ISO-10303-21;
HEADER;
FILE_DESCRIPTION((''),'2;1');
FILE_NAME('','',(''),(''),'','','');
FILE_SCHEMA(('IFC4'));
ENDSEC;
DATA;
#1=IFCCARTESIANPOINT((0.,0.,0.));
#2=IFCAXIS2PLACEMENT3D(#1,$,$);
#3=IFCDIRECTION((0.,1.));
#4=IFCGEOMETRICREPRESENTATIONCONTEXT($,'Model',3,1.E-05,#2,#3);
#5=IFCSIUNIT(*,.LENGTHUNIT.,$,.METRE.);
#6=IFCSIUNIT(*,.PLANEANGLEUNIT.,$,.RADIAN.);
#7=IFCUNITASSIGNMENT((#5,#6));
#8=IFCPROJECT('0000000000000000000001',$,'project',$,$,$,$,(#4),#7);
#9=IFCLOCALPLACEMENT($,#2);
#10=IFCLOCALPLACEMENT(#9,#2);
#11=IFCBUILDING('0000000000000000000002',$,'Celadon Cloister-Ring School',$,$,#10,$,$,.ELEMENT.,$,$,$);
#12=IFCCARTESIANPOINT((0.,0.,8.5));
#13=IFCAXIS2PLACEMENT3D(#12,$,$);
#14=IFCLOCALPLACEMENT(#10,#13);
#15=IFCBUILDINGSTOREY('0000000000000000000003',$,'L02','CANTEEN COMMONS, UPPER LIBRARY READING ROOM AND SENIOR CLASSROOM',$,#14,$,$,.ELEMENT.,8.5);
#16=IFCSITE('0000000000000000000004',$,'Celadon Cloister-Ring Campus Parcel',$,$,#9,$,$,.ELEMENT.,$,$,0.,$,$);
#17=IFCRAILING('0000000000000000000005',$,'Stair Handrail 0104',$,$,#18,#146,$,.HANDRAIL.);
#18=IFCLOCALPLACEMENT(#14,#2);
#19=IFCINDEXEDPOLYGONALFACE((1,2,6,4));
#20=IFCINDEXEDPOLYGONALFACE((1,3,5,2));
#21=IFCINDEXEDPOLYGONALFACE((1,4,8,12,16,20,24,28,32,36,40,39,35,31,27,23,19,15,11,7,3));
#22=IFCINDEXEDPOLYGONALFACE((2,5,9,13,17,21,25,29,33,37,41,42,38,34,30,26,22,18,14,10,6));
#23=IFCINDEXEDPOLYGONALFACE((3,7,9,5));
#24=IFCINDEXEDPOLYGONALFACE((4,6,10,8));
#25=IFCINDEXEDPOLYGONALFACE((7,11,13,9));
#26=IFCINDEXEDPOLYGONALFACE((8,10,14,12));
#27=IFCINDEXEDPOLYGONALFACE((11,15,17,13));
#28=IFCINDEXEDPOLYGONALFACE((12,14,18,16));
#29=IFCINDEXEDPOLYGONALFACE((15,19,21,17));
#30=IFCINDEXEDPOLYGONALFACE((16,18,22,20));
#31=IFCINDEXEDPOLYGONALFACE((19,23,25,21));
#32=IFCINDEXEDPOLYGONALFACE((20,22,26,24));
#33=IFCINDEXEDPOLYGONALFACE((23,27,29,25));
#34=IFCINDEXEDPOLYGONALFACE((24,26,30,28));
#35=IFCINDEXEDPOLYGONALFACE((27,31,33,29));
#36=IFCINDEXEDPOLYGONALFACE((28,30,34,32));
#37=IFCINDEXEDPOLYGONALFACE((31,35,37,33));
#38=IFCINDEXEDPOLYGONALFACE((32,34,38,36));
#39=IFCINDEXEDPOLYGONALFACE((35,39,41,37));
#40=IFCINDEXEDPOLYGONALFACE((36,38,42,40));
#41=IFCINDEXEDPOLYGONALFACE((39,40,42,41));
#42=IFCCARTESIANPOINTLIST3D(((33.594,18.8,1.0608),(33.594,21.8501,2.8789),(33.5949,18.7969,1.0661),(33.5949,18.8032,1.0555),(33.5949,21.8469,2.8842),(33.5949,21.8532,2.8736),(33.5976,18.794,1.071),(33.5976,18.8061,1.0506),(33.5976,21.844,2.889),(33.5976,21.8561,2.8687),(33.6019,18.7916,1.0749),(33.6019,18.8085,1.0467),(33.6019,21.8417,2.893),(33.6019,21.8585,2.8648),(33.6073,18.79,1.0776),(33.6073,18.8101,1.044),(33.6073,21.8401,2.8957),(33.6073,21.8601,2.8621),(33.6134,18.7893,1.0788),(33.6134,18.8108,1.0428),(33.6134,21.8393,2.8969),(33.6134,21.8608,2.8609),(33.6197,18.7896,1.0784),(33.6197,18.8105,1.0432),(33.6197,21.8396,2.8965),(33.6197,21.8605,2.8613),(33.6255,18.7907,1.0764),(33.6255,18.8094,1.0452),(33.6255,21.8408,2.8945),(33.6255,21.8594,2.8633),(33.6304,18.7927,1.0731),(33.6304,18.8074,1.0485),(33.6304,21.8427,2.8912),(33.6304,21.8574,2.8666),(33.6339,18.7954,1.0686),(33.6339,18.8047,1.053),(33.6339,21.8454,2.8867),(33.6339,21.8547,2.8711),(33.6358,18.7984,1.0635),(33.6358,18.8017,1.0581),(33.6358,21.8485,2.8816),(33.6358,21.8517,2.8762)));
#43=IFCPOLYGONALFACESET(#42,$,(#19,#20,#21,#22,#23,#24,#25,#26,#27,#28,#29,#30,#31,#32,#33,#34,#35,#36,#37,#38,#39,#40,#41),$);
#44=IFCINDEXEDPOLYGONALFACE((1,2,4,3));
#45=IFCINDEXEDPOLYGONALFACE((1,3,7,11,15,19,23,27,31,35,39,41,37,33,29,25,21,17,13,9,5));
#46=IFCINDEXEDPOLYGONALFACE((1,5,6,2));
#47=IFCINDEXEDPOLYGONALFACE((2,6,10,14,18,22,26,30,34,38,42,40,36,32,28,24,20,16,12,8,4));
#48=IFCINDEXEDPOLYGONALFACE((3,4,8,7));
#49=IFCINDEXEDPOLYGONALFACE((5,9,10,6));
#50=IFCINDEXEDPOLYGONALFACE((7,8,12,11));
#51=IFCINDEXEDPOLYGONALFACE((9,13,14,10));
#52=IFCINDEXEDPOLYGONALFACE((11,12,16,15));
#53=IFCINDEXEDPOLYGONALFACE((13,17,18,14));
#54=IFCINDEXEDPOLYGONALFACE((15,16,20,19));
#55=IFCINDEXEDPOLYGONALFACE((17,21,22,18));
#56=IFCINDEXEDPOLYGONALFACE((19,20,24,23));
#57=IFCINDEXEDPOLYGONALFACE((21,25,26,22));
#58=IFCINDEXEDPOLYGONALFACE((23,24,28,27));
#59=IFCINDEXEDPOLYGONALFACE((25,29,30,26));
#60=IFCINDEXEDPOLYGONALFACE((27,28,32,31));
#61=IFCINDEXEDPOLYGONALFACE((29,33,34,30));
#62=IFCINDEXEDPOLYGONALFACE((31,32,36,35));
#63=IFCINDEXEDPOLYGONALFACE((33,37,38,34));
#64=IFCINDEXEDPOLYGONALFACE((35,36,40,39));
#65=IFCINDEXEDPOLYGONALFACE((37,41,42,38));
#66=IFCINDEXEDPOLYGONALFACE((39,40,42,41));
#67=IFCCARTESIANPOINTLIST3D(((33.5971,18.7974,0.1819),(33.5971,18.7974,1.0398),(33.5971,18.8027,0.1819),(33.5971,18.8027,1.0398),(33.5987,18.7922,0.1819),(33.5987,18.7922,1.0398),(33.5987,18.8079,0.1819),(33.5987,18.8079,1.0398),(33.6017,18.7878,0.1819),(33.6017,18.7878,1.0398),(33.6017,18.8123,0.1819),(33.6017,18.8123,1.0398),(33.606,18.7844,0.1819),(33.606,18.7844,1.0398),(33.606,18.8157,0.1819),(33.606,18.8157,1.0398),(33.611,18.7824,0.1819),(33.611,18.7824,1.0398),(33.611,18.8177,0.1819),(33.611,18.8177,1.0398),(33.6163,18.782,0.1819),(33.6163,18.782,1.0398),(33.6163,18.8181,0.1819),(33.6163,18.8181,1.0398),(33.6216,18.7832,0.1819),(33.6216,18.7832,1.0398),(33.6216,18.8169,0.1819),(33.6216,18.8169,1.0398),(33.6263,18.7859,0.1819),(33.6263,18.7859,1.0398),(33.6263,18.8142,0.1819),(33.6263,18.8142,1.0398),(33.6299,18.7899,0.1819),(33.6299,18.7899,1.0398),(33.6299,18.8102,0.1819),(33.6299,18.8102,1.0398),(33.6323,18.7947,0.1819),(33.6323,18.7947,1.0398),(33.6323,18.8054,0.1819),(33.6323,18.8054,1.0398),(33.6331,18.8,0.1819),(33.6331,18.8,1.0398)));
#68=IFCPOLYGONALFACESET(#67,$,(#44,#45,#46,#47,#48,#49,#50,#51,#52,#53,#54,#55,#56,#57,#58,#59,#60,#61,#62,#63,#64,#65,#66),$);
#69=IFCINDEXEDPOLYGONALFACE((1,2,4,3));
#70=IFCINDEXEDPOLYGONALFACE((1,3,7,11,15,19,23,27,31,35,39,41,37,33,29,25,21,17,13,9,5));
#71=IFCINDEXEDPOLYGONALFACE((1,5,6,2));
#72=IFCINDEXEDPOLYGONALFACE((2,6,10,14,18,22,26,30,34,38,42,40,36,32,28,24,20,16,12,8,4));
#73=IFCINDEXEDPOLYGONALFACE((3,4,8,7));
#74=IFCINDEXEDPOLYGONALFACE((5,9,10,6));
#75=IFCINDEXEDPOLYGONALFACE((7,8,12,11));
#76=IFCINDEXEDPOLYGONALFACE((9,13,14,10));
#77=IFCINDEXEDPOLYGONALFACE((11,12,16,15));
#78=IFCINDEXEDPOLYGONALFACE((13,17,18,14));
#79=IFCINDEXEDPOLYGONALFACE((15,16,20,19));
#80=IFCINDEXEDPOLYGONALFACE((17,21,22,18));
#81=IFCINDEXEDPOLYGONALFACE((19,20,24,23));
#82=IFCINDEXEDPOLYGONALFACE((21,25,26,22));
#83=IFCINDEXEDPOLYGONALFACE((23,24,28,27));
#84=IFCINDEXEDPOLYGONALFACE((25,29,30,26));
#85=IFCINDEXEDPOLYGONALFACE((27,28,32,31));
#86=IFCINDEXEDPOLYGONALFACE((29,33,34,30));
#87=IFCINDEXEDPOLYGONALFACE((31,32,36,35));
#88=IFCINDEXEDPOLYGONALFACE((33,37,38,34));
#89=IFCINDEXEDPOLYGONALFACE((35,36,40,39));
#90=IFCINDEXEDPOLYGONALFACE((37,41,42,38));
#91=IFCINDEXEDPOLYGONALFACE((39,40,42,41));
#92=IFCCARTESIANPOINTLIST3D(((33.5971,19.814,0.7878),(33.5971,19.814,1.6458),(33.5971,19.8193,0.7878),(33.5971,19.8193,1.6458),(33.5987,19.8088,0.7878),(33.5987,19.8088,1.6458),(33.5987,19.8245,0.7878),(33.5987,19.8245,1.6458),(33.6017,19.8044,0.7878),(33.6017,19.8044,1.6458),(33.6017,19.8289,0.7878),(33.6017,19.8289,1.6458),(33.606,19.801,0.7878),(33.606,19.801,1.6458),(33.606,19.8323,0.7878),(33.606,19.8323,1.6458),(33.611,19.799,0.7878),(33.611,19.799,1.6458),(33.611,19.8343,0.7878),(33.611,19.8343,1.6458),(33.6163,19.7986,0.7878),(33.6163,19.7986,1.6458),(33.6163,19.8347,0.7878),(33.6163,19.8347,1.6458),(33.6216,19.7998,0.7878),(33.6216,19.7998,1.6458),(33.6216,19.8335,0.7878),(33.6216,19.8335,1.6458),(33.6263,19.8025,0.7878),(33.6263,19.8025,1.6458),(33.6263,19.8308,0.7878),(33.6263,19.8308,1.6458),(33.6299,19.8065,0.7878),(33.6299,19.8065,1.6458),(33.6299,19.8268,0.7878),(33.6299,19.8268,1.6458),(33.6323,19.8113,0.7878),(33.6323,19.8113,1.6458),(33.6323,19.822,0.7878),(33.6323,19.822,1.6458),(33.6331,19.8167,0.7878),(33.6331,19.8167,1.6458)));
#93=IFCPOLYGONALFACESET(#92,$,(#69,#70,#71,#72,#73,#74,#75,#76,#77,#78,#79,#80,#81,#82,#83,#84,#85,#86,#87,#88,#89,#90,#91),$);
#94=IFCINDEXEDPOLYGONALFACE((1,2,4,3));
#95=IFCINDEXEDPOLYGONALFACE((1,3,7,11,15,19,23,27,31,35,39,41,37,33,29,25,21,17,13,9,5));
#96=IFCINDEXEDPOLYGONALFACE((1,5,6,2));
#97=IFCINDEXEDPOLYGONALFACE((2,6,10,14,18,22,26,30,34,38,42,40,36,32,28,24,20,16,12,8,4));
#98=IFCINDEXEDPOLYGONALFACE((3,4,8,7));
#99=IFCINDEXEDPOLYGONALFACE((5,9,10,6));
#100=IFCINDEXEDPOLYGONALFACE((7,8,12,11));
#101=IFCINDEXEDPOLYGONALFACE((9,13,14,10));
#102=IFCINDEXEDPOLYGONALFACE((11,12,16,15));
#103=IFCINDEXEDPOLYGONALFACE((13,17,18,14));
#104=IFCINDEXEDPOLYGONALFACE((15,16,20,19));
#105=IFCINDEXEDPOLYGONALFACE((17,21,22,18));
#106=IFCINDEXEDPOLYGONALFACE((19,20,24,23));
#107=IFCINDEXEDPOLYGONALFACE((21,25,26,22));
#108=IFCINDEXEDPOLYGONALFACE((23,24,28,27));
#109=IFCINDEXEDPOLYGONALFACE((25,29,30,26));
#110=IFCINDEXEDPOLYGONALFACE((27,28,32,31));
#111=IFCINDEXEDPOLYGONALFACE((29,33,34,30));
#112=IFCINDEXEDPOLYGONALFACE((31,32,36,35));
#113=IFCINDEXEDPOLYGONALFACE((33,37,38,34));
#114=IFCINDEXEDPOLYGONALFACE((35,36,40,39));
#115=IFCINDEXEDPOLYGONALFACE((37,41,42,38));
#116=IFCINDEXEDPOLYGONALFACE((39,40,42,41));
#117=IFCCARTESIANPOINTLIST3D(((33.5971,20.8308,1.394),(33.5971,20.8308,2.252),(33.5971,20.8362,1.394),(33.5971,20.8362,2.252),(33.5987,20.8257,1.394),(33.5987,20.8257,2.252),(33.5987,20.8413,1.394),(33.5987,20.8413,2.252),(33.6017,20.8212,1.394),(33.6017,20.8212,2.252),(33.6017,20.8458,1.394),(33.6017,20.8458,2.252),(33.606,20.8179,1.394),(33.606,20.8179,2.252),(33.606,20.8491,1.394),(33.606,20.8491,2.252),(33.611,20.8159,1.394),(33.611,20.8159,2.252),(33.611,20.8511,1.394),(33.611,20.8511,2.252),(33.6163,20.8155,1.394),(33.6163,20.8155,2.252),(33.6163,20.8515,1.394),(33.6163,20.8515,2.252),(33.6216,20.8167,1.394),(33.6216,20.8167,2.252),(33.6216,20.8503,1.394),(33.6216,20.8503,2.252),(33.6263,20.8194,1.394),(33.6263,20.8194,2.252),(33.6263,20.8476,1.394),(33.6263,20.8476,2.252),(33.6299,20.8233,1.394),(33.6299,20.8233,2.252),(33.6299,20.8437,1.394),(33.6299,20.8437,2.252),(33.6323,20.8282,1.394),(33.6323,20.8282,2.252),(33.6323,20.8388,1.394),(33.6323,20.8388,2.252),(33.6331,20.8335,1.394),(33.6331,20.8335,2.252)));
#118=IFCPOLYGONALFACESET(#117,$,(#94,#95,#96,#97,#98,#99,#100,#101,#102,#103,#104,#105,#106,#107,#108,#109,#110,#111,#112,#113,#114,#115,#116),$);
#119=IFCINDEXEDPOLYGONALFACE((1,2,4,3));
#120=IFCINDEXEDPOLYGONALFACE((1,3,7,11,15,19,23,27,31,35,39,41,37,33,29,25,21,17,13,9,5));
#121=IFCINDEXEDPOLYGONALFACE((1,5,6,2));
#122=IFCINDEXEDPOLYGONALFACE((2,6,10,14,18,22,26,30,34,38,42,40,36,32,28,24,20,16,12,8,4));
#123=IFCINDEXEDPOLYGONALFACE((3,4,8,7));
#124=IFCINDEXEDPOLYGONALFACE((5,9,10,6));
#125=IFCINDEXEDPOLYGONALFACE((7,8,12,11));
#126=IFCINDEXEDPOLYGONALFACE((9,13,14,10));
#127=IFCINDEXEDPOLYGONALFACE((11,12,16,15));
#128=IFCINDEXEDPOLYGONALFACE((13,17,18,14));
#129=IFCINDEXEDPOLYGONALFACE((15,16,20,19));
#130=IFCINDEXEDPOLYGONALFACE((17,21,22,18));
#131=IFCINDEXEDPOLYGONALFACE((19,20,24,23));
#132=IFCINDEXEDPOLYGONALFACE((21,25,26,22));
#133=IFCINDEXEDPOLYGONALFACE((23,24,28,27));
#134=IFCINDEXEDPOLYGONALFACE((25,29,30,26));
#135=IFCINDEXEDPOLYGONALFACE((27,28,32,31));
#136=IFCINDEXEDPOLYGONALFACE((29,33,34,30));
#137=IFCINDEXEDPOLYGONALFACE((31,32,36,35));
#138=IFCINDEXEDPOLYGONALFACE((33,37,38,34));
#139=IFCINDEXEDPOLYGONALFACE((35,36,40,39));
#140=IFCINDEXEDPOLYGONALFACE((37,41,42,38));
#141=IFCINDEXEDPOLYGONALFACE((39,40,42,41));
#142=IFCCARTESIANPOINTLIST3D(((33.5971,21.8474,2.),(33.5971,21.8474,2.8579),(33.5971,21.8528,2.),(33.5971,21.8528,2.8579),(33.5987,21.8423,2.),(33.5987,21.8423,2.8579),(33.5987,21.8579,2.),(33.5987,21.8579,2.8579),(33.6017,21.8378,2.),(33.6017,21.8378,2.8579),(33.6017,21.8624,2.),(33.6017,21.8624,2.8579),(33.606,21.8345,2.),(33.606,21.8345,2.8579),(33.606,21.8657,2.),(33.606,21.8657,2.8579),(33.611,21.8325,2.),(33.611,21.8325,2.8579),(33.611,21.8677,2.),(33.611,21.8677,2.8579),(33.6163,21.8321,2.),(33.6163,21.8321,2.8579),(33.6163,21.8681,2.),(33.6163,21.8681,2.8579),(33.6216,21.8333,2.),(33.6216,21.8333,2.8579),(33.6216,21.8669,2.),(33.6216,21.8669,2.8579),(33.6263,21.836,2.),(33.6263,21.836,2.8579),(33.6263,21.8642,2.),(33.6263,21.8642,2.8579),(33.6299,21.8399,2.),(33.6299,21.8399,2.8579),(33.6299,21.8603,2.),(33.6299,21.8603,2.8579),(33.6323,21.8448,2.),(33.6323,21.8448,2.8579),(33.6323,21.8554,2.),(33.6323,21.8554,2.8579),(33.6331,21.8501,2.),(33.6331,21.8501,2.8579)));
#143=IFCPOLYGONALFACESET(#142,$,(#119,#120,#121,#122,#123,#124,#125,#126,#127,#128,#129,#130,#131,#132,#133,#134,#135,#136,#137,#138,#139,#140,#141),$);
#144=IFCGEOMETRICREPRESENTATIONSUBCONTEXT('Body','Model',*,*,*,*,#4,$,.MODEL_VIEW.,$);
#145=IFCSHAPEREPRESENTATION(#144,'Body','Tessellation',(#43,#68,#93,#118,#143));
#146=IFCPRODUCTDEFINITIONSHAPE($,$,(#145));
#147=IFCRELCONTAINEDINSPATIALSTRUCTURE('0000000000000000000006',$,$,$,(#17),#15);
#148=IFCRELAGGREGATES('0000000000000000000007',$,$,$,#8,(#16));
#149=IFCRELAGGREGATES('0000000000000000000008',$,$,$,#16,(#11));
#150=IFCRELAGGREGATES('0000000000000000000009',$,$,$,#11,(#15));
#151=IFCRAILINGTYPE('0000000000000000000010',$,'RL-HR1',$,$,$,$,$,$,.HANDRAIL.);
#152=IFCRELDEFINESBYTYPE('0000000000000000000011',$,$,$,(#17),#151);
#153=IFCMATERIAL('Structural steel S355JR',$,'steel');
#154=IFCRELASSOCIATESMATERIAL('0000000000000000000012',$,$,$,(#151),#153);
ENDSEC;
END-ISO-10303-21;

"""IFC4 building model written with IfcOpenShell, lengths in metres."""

from ifc_helpers import new_model, si_unit, direction, frame, origin, origin_2d, place, context, subcontext, project, spatial, circle, extrude, material, type_object, element, save


model = new_model("IFC4")

# Units and contexts
model_context = context("Model", 3, precision=1e-05, world=origin(), true_north=direction((0.0, 1.0)))
body_context = subcontext(model_context, "Body", "Model", "MODEL_VIEW")
ifc_project = project(units=[si_unit("LENGTHUNIT", "METRE"), si_unit("PLANEANGLEUNIT", "RADIAN")], contexts=[model_context])

# Site, building, storey
site_placement = place(None, origin())
site = spatial("IfcSite", under=ifc_project, at=site_placement, Name="Celadon Cloister-Ring Campus Parcel", CompositionType="ELEMENT", RefElevation=0.0)
building_placement = place(site_placement, origin())
building = spatial("IfcBuilding", under=site, at=building_placement, Name="Celadon Cloister-Ring School", CompositionType="ELEMENT")
storey_placement = place(building_placement, frame((0.0, 0.0, 8.5)))
storey = spatial("IfcBuildingStorey", under=building, at=storey_placement, Name="L02", Description="CANTEEN COMMONS, UPPER LIBRARY READING ROOM AND SENIOR CLASSROOM", CompositionType="ELEMENT", Elevation=8.5)

# Railing
ifc_material_1 = material(Name="Structural steel S355JR", Category="steel")
railing_type_1 = type_object("IfcRailingType", Name="RL-HR1", PredefinedType="HANDRAIL", material=ifc_material_1)
for number, where, name in (
    (1, (33.615, 18.8, 0.1819), "Stair Handrail 0104"),
):
    element("IfcRailing", number, at=place(storey_placement, frame(where)), inside=storey, type_object=railing_type_1, Name=name, PredefinedType="HANDRAIL", context=body_context, shape_type="SweptSolid", body=[
        extrude(circle(Radius=0.021, at=origin_2d()), frame((0.0, 0.0, 0.8789), z_axis=(0.0, 0.85897, 0.512026), x_axis=(-1.0, 0.0, 0.0)), (0.0, 0.0, 1.0), 3.5508),
        extrude(circle(Radius=0.0181, at=origin_2d()), origin(), (0.0, 0.0, 1.0), 0.8579),
        extrude(circle(Radius=0.0181, at=origin_2d()), frame((0.0, 1.0166, 0.606)), (0.0, 0.0, 1.0), 0.8579),
        extrude(circle(Radius=0.0181, at=origin_2d()), frame((0.0, 2.0334, 1.2122)), (0.0, 0.0, 1.0), 0.8579),
        extrude(circle(Radius=0.0181, at=origin_2d()), frame((0.0, 3.05, 1.8181)), (0.0, 0.0, 1.0), 0.8579),
    ])

save(model, "model.ifc")
